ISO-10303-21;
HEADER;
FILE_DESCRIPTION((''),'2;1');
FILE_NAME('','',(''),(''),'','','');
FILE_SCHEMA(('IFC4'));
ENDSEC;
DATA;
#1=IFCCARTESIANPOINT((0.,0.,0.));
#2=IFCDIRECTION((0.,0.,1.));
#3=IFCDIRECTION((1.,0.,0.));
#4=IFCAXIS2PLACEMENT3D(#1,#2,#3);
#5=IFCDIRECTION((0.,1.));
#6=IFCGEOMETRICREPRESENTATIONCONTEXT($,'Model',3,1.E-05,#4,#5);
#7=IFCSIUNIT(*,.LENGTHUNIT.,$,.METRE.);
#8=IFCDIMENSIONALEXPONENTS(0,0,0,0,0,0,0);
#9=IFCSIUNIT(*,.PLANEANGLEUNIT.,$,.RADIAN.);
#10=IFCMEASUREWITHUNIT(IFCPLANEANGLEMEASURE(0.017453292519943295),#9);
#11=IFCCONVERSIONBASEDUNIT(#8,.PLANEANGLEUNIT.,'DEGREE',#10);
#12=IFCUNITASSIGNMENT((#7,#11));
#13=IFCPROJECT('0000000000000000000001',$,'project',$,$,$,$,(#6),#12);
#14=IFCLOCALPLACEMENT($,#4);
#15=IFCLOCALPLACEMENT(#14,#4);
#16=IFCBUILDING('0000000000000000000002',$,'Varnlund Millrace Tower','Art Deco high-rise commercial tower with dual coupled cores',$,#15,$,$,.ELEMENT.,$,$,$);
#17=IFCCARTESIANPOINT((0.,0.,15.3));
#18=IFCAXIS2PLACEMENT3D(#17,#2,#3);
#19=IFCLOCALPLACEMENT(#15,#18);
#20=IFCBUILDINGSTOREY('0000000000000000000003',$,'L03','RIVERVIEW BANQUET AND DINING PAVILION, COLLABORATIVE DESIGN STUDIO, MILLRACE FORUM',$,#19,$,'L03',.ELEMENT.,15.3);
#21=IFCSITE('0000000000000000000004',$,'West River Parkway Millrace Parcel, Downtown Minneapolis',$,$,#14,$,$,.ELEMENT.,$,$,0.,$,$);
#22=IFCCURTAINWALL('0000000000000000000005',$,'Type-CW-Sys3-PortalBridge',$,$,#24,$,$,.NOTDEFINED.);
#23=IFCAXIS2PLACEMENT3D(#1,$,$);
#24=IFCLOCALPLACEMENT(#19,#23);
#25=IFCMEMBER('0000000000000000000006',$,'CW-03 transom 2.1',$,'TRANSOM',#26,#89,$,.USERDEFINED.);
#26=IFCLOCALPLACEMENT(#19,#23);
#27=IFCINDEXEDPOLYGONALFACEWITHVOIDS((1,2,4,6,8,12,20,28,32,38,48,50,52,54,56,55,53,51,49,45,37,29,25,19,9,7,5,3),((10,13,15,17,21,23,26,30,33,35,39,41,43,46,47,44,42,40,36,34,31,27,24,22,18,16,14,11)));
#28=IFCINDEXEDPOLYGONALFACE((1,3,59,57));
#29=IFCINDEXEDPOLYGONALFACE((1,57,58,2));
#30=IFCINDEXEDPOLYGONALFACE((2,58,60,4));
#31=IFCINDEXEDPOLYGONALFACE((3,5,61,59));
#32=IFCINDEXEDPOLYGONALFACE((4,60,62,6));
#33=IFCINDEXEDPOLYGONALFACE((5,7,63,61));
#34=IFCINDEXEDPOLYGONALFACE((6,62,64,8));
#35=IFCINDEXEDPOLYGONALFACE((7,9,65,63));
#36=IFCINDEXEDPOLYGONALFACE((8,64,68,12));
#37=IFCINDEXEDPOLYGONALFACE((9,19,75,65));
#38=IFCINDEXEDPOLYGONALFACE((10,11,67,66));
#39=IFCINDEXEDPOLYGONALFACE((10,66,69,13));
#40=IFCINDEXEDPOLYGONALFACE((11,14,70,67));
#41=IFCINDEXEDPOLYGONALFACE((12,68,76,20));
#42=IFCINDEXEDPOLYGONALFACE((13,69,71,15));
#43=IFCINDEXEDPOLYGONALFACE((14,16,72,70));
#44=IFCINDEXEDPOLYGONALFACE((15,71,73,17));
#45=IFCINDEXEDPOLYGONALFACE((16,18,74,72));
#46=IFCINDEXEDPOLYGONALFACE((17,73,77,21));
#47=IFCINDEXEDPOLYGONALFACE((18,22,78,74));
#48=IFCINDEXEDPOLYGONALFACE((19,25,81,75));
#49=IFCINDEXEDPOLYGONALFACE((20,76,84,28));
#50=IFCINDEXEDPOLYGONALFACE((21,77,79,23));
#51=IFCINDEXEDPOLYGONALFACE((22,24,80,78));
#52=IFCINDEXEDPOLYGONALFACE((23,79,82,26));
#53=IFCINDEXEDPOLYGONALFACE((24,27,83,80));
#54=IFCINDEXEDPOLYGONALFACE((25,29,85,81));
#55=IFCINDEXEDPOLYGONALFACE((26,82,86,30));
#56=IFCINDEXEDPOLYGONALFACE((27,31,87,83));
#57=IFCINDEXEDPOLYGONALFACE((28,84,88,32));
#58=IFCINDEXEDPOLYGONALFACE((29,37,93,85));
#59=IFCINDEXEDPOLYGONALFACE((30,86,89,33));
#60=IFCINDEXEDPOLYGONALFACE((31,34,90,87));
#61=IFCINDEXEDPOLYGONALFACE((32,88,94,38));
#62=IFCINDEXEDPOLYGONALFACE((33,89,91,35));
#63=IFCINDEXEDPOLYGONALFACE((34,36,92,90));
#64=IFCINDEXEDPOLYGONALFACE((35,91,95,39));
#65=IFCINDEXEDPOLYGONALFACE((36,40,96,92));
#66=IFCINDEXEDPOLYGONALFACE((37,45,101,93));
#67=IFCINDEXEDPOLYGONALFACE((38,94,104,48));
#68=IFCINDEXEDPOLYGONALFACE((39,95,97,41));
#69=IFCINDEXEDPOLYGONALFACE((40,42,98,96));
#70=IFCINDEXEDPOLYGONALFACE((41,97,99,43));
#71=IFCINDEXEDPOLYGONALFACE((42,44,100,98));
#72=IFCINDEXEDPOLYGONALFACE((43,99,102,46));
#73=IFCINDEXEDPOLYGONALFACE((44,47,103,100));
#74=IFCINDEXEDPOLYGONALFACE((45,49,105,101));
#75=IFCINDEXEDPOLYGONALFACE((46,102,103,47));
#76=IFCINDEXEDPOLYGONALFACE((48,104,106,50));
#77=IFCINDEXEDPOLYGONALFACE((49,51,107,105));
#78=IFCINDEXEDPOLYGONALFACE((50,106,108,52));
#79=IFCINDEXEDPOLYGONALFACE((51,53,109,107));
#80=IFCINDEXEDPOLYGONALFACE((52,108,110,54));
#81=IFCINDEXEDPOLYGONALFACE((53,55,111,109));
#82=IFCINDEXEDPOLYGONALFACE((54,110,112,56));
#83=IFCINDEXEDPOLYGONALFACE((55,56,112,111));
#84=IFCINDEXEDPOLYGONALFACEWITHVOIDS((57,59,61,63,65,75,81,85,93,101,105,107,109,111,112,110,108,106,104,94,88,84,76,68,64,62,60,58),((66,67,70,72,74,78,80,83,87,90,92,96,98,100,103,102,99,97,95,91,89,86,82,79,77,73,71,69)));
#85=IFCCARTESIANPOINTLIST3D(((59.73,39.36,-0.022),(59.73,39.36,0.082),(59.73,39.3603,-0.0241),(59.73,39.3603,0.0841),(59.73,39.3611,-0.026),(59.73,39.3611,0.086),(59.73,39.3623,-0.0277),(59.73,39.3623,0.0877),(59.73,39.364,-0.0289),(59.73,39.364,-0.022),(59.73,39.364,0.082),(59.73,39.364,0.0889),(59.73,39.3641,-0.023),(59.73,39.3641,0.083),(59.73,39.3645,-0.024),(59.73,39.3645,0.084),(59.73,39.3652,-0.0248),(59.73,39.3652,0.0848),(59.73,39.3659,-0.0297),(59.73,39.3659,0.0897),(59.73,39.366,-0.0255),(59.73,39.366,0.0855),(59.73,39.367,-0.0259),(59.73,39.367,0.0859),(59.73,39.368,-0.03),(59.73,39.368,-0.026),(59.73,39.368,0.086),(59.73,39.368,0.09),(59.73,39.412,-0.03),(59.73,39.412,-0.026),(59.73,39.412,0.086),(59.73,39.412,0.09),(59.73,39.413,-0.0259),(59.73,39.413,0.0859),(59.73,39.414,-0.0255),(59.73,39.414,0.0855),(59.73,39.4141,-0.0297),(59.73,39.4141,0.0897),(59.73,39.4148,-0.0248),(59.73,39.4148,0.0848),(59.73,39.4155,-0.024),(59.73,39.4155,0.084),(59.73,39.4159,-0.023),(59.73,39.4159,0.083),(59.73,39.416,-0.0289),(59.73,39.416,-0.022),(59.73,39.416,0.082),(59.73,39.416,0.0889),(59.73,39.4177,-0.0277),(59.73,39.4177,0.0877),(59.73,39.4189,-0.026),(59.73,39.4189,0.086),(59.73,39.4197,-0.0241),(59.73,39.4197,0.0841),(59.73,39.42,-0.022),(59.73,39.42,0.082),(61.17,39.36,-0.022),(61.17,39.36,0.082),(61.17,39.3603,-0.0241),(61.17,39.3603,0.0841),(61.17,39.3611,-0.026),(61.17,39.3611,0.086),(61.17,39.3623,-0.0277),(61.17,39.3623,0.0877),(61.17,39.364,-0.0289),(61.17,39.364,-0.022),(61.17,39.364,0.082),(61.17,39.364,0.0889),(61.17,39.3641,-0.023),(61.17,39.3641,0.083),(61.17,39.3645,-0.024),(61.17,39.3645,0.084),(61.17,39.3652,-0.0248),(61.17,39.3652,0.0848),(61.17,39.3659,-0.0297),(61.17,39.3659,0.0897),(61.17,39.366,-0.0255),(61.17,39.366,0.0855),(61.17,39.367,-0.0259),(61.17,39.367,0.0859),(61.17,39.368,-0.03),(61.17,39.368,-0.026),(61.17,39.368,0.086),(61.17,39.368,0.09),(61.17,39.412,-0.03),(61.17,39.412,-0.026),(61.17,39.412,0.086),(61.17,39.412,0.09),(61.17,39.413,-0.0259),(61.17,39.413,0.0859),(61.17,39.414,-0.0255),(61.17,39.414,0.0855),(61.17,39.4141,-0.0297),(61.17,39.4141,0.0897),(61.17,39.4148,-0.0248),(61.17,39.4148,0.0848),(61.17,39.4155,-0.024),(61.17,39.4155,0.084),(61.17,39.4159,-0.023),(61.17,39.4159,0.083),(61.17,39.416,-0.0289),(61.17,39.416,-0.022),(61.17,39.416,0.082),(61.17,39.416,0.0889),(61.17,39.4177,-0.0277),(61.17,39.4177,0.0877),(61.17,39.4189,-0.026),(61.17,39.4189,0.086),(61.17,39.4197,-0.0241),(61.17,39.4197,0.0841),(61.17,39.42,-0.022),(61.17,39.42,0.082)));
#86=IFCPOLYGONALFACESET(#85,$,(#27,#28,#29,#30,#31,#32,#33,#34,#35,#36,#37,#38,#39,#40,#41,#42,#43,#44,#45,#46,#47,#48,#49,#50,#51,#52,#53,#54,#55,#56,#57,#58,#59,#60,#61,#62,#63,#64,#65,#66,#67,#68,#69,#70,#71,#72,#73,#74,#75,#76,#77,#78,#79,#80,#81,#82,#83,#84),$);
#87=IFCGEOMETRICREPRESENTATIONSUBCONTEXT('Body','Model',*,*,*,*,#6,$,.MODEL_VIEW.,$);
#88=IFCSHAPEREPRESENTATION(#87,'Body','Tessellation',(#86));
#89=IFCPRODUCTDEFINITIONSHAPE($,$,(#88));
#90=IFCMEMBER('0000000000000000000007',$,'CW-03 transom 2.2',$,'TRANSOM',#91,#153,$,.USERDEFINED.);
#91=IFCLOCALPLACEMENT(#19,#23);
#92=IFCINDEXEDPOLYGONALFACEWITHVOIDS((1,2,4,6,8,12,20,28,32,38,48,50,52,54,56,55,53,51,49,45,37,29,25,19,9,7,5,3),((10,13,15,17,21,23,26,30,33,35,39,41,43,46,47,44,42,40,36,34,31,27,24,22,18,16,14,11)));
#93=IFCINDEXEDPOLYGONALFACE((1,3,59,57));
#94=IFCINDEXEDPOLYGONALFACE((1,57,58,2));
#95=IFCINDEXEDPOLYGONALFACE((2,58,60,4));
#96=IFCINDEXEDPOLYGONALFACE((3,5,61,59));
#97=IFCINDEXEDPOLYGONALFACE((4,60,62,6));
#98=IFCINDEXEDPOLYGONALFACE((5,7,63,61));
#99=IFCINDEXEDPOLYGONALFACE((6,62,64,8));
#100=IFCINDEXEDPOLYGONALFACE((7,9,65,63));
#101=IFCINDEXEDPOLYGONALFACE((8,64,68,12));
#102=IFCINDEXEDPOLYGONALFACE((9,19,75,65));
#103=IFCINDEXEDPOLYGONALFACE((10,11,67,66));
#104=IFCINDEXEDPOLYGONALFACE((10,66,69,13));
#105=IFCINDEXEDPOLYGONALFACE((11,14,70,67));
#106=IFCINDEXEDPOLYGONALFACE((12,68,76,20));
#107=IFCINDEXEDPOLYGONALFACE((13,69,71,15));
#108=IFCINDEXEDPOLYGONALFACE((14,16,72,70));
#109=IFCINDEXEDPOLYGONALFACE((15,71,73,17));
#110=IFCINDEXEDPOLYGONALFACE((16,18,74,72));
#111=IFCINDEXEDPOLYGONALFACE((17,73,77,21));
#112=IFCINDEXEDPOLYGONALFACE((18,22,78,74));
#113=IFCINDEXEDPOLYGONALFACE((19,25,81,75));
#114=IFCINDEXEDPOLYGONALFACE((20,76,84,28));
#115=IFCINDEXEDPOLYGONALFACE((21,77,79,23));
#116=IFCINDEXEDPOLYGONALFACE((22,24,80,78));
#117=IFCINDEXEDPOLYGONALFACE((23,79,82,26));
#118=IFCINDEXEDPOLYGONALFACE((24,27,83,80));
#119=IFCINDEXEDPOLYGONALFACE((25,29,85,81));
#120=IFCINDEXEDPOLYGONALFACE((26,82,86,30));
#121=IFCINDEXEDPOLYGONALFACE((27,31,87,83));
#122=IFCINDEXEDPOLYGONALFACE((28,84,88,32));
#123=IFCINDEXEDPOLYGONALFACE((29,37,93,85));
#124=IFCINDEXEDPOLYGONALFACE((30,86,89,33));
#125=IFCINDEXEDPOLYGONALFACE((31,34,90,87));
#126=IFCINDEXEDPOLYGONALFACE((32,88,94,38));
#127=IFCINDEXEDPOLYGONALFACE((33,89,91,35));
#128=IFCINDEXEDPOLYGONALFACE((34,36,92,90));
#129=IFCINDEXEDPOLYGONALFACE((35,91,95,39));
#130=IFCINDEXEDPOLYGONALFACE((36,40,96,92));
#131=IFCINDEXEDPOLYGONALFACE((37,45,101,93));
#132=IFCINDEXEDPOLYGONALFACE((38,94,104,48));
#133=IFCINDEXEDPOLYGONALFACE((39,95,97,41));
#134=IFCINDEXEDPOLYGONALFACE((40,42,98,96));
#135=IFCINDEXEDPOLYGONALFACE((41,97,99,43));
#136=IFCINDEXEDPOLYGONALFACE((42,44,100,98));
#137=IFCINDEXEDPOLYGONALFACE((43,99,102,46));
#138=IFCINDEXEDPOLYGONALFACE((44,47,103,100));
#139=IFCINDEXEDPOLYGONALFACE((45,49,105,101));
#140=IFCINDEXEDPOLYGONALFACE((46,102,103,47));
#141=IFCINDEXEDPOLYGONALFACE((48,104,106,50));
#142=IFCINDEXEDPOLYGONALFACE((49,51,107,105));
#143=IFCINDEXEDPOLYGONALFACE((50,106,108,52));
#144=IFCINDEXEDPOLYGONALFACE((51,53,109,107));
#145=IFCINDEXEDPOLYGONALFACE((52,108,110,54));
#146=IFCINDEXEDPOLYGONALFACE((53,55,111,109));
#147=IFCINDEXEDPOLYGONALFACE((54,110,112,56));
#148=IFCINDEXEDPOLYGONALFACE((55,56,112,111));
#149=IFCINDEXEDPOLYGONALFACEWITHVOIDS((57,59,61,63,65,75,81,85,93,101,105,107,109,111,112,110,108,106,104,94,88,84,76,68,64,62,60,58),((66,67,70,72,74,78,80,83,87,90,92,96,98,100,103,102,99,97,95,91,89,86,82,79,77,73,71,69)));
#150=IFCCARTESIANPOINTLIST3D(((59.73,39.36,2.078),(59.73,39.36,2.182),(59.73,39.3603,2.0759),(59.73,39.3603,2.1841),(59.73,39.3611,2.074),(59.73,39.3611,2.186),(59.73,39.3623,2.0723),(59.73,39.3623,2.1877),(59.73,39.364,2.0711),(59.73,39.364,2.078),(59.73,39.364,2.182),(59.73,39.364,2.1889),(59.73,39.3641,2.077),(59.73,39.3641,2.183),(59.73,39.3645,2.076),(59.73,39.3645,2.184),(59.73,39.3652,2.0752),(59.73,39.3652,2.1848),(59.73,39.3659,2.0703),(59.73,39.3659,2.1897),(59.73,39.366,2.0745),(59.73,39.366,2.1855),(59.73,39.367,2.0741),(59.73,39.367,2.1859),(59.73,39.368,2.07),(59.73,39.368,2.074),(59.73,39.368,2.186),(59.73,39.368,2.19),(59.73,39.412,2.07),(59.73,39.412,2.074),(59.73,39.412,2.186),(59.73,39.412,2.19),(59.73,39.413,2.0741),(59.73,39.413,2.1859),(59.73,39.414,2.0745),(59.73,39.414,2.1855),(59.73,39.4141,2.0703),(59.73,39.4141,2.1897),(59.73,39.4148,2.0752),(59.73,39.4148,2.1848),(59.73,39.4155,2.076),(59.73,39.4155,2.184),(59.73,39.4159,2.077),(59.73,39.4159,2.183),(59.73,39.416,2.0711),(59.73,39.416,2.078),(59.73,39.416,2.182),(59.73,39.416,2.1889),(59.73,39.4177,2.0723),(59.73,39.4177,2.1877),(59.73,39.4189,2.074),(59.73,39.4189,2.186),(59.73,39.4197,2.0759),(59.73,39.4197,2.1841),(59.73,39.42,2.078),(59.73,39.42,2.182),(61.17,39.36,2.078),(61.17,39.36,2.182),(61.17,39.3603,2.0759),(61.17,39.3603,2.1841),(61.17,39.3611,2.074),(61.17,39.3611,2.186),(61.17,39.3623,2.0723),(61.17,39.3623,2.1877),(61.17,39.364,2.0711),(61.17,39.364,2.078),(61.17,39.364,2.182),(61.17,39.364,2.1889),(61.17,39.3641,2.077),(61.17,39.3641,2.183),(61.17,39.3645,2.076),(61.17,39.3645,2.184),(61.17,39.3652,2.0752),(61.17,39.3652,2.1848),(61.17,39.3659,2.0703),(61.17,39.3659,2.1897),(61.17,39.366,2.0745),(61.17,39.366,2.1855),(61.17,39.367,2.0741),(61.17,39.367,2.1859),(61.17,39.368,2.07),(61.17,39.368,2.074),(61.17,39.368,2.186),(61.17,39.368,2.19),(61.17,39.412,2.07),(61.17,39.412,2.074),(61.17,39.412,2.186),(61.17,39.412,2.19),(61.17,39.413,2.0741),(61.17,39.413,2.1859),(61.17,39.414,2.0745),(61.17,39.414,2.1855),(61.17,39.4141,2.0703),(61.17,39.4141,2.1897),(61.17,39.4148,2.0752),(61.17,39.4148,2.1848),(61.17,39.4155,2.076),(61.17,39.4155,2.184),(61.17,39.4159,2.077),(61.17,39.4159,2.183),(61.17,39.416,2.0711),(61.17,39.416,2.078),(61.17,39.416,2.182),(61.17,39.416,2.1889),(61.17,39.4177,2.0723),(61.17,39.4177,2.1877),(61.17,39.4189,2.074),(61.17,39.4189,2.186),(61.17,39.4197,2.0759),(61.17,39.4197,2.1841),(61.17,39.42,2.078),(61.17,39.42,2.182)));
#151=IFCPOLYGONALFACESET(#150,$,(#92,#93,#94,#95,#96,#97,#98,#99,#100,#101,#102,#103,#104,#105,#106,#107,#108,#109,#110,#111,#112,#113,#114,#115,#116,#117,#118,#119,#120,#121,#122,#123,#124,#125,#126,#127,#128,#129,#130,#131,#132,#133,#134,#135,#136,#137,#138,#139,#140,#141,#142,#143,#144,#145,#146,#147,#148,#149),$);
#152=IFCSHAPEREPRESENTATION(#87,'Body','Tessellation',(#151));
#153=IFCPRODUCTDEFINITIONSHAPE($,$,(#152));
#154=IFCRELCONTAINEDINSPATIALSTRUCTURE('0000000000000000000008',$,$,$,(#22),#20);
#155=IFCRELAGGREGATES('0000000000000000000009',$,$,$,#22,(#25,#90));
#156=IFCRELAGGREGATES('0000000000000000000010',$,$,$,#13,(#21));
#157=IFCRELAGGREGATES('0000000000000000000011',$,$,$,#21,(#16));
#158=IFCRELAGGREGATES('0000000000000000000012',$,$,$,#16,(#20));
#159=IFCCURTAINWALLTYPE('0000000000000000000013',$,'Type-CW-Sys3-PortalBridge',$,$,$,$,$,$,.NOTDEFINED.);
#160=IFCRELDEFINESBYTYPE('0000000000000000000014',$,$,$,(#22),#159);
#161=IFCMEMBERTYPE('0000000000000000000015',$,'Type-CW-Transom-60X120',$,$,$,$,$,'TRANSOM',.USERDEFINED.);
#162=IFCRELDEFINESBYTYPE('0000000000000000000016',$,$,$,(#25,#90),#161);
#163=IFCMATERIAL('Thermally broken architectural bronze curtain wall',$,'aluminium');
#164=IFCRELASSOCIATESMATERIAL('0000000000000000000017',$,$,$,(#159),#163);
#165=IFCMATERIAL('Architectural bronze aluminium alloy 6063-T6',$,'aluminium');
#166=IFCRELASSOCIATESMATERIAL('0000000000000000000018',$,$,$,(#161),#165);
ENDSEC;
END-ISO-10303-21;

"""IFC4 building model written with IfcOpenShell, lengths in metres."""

from ifc_helpers import new_model, entity, si_unit, converted_unit, direction, frame, origin_with_axes, origin_2d_with_axis, place, context, subcontext, project, spatial, hollow_rectangle, extrude, material, material_profile, profile_set, type_object, element, aggregate, save


model = new_model("IFC4")

# Units and contexts
model_context = context("Model", 3, precision=1e-05, world=origin_with_axes(), true_north=direction((0.0, 1.0)))
body_context = subcontext(model_context, "Body", "Model", "MODEL_VIEW")
ifc_project = project(units=[si_unit("LENGTHUNIT", "METRE"), converted_unit("PLANEANGLEUNIT", "DEGREE", entity("IfcPlaneAngleMeasure", 0.017453292519943295), si_unit("PLANEANGLEUNIT", "RADIAN"), dimensions=[0, 0, 0, 0, 0, 0, 0])], contexts=[model_context])

# Site, building, storey
site_placement = place(None, origin_with_axes())
site = spatial("IfcSite", under=ifc_project, at=site_placement, Name="West River Parkway Millrace Parcel, Downtown Minneapolis", CompositionType="ELEMENT", RefElevation=0.0)
building_placement = place(site_placement, origin_with_axes())
building = spatial("IfcBuilding", under=site, at=building_placement, Name="Varnlund Millrace Tower", Description="Art Deco high-rise commercial tower with dual coupled cores", CompositionType="ELEMENT")
storey_placement = place(building_placement, frame((0.0, 0.0, 15.3), z_axis=(0.0, 0.0, 1.0), x_axis=(1.0, 0.0, 0.0)))
storey = spatial("IfcBuildingStorey", under=building, at=storey_placement, Name="L03", Description="RIVERVIEW BANQUET AND DINING PAVILION, COLLABORATIVE DESIGN STUDIO, MILLRACE FORUM", LongName="L03", CompositionType="ELEMENT", Elevation=15.3)

# Curtain wall, members
ifc_material_1 = material(Name="Thermally broken architectural bronze curtain wall", Category="aluminium")
curtain_wall_type = type_object("IfcCurtainWallType", Name="Type-CW-Sys3-PortalBridge", PredefinedType="NOTDEFINED", material=ifc_material_1)
curtain_wall_placement = place(storey_placement, frame((58.2, 39.39, 0.0), z_axis=(0.0, 0.0, 1.0), x_axis=(1.0, 0.0, 0.0)))
curtain_wall = element("IfcCurtainWall", 1, at=curtain_wall_placement, inside=storey, type_object=curtain_wall_type, Name="Type-CW-Sys3-PortalBridge", PredefinedType="NOTDEFINED")
ifc_material_2 = material(Name="Architectural bronze aluminium alloy 6063-T6", Category="aluminium")
ifc_material_profile_1 = material_profile(ifc_material_2, hollow_rectangle(XDim=0.06, YDim=0.12, WallThickness=0.004, InnerFilletRadius=0.004, OuterFilletRadius=0.008, at=origin_2d_with_axis()), Name="Architectural bronze aluminium alloy 6063-T6")
ifc_profile_set_1 = profile_set([ifc_material_profile_1], Name="Architectural bronze aluminium alloy 6063-T6")
member_type_1 = type_object("IfcMemberType", Name="Type-CW-Transom-60X120", ElementType="TRANSOM", PredefinedType="USERDEFINED", material=ifc_profile_set_1)
member_1_placement = place(storey_placement, frame((59.73, 39.39, 0.03), z_axis=(1.0, 0.0, 0.0), x_axis=(0.0, 1.0, 0.0)))
member_1 = element("IfcMember", 2, at=member_1_placement, type_object=member_type_1, Name="CW-03 transom 2.1", ObjectType="TRANSOM", PredefinedType="USERDEFINED", context=body_context, shape_type="SweptSolid", body=[
    extrude(hollow_rectangle(XDim=0.06, YDim=0.12, WallThickness=0.004, InnerFilletRadius=0.004, OuterFilletRadius=0.008, at=origin_2d_with_axis()), origin_with_axes(), (0.0, 0.0, 1.0), 1.44),
])
member_2_placement = place(storey_placement, frame((59.73, 39.39, 2.13), z_axis=(1.0, 0.0, 0.0), x_axis=(0.0, 1.0, 0.0)))
member_2 = element("IfcMember", 3, at=member_2_placement, type_object=member_type_1, Name="CW-03 transom 2.2", ObjectType="TRANSOM", PredefinedType="USERDEFINED", context=body_context, shape_type="SweptSolid", body=[
    extrude(hollow_rectangle(XDim=0.06, YDim=0.12, WallThickness=0.004, InnerFilletRadius=0.004, OuterFilletRadius=0.008, at=origin_2d_with_axis()), origin_with_axes(), (0.0, 0.0, 1.0), 1.44),
])

aggregate(curtain_wall, [member_1, member_2])

save(model, "model.ifc")
